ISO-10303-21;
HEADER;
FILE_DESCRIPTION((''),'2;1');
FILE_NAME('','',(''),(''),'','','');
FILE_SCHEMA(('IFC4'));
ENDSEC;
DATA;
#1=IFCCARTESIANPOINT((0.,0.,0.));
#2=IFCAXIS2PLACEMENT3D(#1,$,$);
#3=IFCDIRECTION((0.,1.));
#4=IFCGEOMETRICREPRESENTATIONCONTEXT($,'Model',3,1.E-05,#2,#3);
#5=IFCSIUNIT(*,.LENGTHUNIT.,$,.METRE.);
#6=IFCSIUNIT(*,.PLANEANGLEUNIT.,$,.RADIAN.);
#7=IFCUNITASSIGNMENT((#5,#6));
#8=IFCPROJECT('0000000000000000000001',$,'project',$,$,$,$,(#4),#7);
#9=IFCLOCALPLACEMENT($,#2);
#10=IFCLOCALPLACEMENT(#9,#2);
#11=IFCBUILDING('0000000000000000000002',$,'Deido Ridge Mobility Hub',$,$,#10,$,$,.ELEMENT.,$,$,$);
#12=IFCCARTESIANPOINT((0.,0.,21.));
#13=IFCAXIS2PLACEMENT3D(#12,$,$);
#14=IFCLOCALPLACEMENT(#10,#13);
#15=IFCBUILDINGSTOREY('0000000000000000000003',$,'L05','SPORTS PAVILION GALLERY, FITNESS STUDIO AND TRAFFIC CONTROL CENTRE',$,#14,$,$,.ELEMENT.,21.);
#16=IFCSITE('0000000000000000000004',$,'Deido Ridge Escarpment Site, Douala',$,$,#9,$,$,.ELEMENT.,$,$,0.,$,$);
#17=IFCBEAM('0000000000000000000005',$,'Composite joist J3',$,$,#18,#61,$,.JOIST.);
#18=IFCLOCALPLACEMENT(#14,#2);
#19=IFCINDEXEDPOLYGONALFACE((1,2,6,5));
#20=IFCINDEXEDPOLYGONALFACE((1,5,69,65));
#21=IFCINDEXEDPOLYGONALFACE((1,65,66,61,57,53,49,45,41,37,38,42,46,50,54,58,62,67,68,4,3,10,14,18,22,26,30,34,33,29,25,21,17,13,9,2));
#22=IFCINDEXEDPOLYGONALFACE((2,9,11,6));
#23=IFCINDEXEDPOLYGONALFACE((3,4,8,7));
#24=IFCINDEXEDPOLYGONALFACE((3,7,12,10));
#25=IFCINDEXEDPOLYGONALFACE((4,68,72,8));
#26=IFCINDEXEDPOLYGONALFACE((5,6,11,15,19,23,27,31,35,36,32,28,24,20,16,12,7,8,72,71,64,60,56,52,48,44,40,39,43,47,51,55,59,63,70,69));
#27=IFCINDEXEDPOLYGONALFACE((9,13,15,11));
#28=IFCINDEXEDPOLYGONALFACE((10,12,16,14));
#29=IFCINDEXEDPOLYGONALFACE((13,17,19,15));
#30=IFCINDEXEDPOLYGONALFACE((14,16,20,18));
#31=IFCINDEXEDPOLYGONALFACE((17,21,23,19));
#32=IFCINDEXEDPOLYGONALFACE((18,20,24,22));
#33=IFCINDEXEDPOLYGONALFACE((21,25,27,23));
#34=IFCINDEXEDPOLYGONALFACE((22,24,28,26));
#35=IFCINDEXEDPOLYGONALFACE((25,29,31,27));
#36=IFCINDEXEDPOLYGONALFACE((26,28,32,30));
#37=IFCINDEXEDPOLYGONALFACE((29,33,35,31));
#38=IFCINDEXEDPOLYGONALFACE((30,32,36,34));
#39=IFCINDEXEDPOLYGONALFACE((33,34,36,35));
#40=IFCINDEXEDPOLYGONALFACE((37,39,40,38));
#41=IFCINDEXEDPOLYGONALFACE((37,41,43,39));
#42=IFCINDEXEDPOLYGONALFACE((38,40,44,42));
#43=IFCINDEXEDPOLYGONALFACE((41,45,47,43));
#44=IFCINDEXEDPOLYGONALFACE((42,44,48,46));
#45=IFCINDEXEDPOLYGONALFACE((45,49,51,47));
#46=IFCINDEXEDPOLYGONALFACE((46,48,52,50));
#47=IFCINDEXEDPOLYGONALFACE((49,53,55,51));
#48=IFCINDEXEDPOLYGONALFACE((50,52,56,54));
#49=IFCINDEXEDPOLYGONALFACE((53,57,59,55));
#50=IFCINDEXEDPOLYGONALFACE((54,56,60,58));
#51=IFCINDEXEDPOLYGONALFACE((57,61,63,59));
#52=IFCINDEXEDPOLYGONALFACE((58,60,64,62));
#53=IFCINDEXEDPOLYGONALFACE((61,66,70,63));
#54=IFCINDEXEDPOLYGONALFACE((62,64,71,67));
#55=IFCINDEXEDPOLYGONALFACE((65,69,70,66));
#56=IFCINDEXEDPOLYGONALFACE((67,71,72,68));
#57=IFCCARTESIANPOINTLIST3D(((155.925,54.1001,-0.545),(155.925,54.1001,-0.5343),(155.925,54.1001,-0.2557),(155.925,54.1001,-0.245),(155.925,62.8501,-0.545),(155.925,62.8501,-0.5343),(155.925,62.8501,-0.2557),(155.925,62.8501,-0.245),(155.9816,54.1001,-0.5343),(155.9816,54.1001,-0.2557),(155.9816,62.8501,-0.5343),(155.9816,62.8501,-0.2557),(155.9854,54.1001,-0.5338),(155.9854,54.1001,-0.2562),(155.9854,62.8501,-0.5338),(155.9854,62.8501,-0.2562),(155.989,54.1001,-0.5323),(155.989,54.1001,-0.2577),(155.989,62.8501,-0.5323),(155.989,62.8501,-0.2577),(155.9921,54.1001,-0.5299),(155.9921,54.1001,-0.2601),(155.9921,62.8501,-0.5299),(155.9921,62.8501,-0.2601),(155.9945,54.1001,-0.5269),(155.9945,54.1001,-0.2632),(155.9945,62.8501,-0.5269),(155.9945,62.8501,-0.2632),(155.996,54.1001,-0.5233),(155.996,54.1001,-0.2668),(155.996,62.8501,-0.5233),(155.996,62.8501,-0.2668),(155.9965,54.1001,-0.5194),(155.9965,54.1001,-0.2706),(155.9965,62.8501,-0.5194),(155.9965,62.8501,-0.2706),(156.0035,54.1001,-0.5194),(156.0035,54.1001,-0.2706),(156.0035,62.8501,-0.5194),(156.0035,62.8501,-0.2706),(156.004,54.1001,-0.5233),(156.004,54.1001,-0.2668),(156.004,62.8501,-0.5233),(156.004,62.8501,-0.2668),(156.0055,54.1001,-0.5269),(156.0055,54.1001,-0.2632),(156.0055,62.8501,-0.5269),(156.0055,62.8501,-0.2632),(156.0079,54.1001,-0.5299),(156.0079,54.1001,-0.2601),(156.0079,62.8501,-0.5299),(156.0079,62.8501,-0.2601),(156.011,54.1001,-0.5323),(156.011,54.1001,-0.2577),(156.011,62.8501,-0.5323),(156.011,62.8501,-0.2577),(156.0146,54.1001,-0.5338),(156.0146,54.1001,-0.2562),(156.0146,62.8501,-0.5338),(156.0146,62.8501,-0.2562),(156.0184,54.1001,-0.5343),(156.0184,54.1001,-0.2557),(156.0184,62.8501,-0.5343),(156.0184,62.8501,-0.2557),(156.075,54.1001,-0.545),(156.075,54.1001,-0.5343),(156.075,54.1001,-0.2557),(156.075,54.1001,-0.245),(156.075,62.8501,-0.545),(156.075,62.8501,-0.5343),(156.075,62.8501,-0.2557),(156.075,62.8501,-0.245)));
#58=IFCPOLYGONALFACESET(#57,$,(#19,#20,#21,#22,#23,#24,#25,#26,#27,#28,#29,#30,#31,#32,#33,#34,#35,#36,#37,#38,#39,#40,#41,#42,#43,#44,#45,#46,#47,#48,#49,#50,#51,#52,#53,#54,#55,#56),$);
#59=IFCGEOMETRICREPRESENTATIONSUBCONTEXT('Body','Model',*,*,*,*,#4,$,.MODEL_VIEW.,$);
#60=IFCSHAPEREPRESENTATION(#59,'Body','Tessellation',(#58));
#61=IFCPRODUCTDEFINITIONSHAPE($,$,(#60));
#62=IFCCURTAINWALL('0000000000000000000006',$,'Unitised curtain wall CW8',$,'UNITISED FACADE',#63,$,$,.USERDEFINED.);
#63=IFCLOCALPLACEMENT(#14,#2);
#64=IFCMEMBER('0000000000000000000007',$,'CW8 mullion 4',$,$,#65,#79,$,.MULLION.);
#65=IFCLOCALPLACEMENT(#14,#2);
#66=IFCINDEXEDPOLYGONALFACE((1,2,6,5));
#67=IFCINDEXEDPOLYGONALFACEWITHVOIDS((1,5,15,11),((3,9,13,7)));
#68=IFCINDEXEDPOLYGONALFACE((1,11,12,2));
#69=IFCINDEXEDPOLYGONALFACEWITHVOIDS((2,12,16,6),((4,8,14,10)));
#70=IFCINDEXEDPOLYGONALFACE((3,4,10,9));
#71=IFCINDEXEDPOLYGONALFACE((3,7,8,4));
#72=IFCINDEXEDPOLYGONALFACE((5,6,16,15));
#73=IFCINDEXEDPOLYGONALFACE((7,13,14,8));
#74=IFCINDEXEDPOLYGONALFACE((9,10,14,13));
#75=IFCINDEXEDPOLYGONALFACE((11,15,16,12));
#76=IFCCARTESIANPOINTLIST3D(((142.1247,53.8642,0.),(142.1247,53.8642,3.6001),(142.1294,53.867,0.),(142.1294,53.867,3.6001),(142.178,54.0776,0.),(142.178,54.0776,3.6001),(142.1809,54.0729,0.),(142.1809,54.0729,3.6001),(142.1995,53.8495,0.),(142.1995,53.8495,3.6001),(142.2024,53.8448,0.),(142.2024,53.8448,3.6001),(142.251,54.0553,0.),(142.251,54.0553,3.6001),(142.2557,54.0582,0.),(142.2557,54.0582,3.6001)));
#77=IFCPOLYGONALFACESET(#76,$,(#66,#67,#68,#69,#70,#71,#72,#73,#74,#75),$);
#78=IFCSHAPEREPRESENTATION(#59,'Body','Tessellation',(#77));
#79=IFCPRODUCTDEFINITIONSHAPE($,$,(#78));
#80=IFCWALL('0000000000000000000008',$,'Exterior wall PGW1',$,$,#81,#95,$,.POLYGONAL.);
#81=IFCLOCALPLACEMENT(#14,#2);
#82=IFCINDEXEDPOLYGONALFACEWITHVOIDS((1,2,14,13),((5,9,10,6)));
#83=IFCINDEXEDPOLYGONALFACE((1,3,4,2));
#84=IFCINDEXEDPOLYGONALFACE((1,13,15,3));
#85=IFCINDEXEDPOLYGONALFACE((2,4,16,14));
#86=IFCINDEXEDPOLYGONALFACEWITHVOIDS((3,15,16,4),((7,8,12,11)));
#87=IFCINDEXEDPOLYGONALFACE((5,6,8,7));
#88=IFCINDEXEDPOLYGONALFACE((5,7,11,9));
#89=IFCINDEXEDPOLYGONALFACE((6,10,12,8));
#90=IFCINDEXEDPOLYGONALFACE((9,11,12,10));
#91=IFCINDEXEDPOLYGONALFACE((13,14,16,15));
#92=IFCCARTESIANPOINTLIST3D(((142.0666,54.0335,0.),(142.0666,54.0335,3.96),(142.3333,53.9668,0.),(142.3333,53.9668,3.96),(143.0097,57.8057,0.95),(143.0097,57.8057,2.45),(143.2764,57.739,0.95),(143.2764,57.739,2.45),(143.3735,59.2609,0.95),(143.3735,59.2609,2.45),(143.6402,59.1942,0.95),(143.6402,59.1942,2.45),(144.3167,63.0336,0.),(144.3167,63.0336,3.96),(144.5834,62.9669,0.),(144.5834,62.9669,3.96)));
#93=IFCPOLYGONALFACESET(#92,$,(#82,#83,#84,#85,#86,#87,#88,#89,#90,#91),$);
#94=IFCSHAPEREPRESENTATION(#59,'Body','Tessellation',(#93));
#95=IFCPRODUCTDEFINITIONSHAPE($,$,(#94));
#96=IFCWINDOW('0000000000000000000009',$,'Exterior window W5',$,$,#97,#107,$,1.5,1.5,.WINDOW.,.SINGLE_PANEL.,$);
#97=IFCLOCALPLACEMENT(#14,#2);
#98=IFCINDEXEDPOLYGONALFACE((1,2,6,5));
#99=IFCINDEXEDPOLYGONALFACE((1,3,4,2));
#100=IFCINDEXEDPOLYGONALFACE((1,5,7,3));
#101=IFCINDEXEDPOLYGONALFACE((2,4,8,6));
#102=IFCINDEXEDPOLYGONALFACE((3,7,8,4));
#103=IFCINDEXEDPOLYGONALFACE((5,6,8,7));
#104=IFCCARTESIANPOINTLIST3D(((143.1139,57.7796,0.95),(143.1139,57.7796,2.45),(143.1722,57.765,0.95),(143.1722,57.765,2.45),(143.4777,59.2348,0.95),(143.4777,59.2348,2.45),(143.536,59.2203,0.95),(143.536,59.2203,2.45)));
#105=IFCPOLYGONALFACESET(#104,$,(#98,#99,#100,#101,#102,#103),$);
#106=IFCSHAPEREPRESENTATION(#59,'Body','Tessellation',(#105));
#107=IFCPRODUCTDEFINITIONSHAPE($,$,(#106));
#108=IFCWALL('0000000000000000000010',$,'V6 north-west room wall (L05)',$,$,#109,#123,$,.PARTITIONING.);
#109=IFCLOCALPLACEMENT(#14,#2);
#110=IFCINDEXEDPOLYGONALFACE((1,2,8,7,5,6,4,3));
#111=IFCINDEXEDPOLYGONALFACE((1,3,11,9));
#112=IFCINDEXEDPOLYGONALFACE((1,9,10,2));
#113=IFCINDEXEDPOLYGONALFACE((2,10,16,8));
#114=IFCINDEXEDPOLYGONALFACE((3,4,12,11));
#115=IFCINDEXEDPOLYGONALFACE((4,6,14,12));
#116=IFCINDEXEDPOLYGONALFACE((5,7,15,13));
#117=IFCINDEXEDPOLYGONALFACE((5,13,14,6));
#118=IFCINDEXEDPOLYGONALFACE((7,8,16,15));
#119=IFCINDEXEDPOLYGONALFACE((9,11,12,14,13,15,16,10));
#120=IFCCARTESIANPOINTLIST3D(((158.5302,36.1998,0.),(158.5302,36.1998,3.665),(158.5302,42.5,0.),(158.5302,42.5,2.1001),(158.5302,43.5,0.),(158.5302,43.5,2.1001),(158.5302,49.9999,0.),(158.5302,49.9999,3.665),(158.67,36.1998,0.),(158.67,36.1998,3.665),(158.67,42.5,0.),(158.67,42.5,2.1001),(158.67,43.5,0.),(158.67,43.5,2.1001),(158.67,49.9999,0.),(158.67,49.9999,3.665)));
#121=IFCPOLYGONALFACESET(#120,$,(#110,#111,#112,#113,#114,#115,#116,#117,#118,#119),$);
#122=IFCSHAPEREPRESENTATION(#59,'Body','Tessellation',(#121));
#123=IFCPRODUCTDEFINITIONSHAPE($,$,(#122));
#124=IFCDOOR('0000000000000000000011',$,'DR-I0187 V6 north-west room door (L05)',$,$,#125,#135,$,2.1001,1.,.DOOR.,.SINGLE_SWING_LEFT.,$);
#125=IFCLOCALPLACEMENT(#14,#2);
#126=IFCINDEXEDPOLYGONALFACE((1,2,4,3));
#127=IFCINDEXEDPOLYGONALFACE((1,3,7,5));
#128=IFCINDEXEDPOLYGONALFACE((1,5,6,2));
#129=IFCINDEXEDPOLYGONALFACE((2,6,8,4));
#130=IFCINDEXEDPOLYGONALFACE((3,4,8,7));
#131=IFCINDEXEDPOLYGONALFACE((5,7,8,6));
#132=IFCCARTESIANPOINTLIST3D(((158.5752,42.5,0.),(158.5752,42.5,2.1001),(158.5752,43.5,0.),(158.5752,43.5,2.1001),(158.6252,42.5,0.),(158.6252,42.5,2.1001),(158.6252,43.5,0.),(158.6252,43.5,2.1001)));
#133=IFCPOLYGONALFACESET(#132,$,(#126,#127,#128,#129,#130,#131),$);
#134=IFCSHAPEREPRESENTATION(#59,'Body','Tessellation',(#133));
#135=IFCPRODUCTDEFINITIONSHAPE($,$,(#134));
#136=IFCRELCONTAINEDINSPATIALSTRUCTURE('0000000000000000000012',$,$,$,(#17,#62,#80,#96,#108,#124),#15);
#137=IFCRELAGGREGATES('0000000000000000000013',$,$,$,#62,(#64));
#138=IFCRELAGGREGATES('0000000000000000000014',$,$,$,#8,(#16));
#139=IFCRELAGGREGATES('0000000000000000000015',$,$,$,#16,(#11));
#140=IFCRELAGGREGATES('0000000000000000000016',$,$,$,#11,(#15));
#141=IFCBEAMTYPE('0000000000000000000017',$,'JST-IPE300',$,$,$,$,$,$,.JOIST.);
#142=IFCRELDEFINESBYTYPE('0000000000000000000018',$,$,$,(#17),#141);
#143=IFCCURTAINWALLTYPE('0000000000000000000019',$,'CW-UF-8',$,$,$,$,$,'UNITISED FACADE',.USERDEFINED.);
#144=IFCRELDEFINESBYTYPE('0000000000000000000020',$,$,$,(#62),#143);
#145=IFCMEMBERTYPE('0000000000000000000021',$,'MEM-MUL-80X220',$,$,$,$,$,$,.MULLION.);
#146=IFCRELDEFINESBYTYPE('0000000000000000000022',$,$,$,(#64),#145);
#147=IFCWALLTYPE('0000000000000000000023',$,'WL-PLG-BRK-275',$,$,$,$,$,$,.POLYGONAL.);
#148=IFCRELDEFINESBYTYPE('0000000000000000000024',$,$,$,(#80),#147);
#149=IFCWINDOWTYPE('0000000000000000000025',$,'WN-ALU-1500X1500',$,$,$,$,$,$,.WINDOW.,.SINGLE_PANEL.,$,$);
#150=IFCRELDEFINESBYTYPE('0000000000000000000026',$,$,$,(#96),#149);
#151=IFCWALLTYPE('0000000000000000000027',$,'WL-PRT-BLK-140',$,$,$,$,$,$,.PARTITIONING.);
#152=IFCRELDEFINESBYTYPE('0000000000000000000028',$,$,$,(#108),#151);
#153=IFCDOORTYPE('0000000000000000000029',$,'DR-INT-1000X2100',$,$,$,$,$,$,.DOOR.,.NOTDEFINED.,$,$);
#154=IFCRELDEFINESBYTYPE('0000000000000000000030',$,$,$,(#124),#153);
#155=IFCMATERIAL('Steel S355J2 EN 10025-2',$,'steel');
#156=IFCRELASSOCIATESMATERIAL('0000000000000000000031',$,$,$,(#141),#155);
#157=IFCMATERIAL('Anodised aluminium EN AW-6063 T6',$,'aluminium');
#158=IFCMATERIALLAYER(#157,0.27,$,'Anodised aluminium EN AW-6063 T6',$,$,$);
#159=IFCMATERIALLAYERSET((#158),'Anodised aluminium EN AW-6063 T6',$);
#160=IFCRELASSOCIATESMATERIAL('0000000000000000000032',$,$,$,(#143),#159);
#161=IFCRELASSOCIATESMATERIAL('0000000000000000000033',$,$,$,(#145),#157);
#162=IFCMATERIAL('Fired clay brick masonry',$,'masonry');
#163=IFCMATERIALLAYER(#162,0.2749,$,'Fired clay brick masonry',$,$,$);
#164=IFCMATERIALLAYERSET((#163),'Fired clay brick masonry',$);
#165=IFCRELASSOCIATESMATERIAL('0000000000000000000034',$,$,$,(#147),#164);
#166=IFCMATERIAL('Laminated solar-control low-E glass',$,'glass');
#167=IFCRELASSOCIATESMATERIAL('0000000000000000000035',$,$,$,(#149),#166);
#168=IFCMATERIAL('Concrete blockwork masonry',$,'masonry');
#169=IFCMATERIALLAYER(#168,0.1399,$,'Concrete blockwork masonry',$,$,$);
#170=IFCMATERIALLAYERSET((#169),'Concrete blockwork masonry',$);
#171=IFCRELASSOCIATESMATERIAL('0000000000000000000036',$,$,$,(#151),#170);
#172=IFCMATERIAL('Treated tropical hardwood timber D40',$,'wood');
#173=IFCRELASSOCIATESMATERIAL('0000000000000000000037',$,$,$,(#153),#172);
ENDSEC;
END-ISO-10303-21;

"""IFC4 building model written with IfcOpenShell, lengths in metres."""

from ifc_helpers import new_model, si_unit, direction, frame, frame_2d, origin, origin_2d, place, context, subcontext, project, spatial, rectangle, hollow_rectangle, i_section, extrude, material, layer, layer_set, material_profile, profile_set, type_object, element, fill, aggregate, save


model = new_model("IFC4")

# Units and contexts
model_context = context("Model", 3, precision=1e-05, world=origin(), true_north=direction((0.0, 1.0)))
body_context = subcontext(model_context, "Body", "Model", "MODEL_VIEW")
ifc_project = project(units=[si_unit("LENGTHUNIT", "METRE"), si_unit("PLANEANGLEUNIT", "RADIAN")], contexts=[model_context])

# Site, building, storey
site_placement = place(None, origin())
site = spatial("IfcSite", under=ifc_project, at=site_placement, Name="Deido Ridge Escarpment Site, Douala", CompositionType="ELEMENT", RefElevation=0.0)
building_placement = place(site_placement, origin())
building = spatial("IfcBuilding", under=site, at=building_placement, Name="Deido Ridge Mobility Hub", CompositionType="ELEMENT")
storey_placement = place(building_placement, frame((0.0, 0.0, 21.0)))
storey = spatial("IfcBuildingStorey", under=building, at=storey_placement, Name="L05", Description="SPORTS PAVILION GALLERY, FITNESS STUDIO AND TRAFFIC CONTROL CENTRE", CompositionType="ELEMENT", Elevation=21.0)

# Shared definitions
ifc_material_1 = material(Name="Steel S355J2 EN 10025-2", Category="steel")

# Beam
ifc_material_profile_1 = material_profile(ifc_material_1, i_section(OverallWidth=0.1499, OverallDepth=0.3, WebThickness=0.0071, FlangeThickness=0.0107, FilletRadius=0.0149, at=origin_2d()), Name="IPE 300")
ifc_profile_set_1 = profile_set([ifc_material_profile_1], Name="Steel S355J2 EN 10025-2")
beam_type_1 = type_object("IfcBeamType", Name="JST-IPE300", PredefinedType="JOIST", material=ifc_profile_set_1)
beam_1_placement = place(storey_placement, frame((156.0, 54.1001, -0.395), z_axis=(0.0, 1.0, 0.0), x_axis=(-1.0, 0.0, 0.0)))
element("IfcBeam", 1, at=beam_1_placement, inside=storey, type_object=beam_type_1, Name="Composite joist J3", PredefinedType="JOIST", context=body_context, shape_type="SweptSolid", body=[
    extrude(i_section(OverallWidth=0.1499, OverallDepth=0.3, WebThickness=0.0071, FlangeThickness=0.0107, FilletRadius=0.0149, at=origin_2d()), origin(), (0.0, 0.0, 1.0), 8.75),
])

# Curtain wall, member
ifc_material_2 = material(Name="Anodised aluminium EN AW-6063 T6", Category="aluminium")
ifc_layer_1 = layer(ifc_material_2, 0.27, Name="Anodised aluminium EN AW-6063 T6")
ifc_layer_set_1 = layer_set([ifc_layer_1], Name="Anodised aluminium EN AW-6063 T6")
curtain_wall_type = type_object("IfcCurtainWallType", Name="CW-UF-8", ElementType="UNITISED FACADE", PredefinedType="USERDEFINED", material=ifc_layer_set_1)
curtain_wall_placement = place(storey_placement, origin())
curtain_wall = element("IfcCurtainWall", 2, at=curtain_wall_placement, inside=storey, type_object=curtain_wall_type, Name="Unitised curtain wall CW8", ObjectType="UNITISED FACADE", PredefinedType="USERDEFINED")
ifc_material_profile_2 = material_profile(ifc_material_2, hollow_rectangle(XDim=0.0801, YDim=0.22, WallThickness=0.0039, at=origin_2d()), Name="RHS 80x220x4")
ifc_profile_set_2 = profile_set([ifc_material_profile_2], Name="Anodised aluminium EN AW-6063 T6")
member_type = type_object("IfcMemberType", Name="MEM-MUL-80X220", PredefinedType="MULLION", material=ifc_profile_set_2)
member_placement = place(storey_placement, frame((142.1902, 53.9612, 0.0), z_axis=(0.0, 0.0, 1.0), x_axis=(-0.970143, 0.242536, 0.0)))
member = element("IfcMember", 3, at=member_placement, type_object=member_type, Name="CW8 mullion 4", PredefinedType="MULLION", context=body_context, shape_type="SweptSolid", body=[
    extrude(hollow_rectangle(XDim=0.0801, YDim=0.22, WallThickness=0.0039, at=origin_2d()), origin(), (0.0, 0.0, 1.0), 3.6001),
])
aggregate(curtain_wall, [member])

# Wall, opening, window
ifc_material_3 = material(Name="Fired clay brick masonry", Category="masonry")
ifc_layer_2 = layer(ifc_material_3, 0.2749, Name="Fired clay brick masonry")
ifc_layer_set_2 = layer_set([ifc_layer_2], Name="Fired clay brick masonry")
wall_type_1 = type_object("IfcWallType", Name="WL-PLG-BRK-275", PredefinedType="POLYGONAL", material=ifc_layer_set_2)
wall_1_placement = place(storey_placement, frame((142.2, 54.0, 0.0), z_axis=(0.0, 0.0, 1.0), x_axis=(0.242536, 0.970143, 0.0)))
wall_1 = element("IfcWall", 4, at=wall_1_placement, inside=storey, type_object=wall_type_1, Name="Exterior wall PGW1", PredefinedType="POLYGONAL", context=body_context, shape_type="SweptSolid", body=[
    extrude(rectangle(XDim=9.2771, YDim=0.2749, at=frame_2d((4.6387, 0.0))), origin(), (0.0, 0.0, 1.0), 3.96),
])
opening_1_placement = place(wall_1_placement, frame((3.8884, 0.0, 0.95)))
opening_1 = element("IfcOpeningElement", 5, at=opening_1_placement, cuts=wall_1, PredefinedType="OPENING", context=body_context, shape_type="SweptSolid", body=[
    extrude(rectangle(XDim=1.5, YDim=1.5, at=frame_2d((0.75, 0.75))), frame((0.0, 0.1475, 0.0), z_axis=(0.0, -1.0, 0.0), x_axis=(1.0, 0.0, 0.0)), (0.0, 0.0, 1.0), 0.2949),
])
ifc_material_4 = material(Name="Laminated solar-control low-E glass", Category="glass")
window_type = type_object("IfcWindowType", Name="WN-ALU-1500X1500", PartitioningType="SINGLE_PANEL", PredefinedType="WINDOW", material=ifc_material_4)
window_placement = place(opening_1_placement, origin())
window = element("IfcWindow", 6, at=window_placement, inside=storey, type_object=window_type, Name="Exterior window W5", OverallHeight=1.5, OverallWidth=1.5, PartitioningType="SINGLE_PANEL", PredefinedType="WINDOW", context=body_context, shape_type="SweptSolid", body=[
    extrude(rectangle(XDim=1.5, YDim=1.5, at=frame_2d((0.75, 0.75))), frame((0.0, 0.03, 0.0), z_axis=(0.0, -1.0, 0.0), x_axis=(1.0, 0.0, 0.0)), (0.0, 0.0, 1.0), 0.0601),
])
fill(opening_1, window)

# Wall, opening, door
ifc_material_5 = material(Name="Concrete blockwork masonry", Category="masonry")
ifc_layer_3 = layer(ifc_material_5, 0.1399, Name="Concrete blockwork masonry")
ifc_layer_set_3 = layer_set([ifc_layer_3], Name="Concrete blockwork masonry")
wall_type_2 = type_object("IfcWallType", Name="WL-PRT-BLK-140", PredefinedType="PARTITIONING", material=ifc_layer_set_3)
wall_2_placement = place(storey_placement, frame((158.6001, 36.2, 0.0), z_axis=(0.0, 0.0, 1.0), x_axis=(0.0, 1.0, 0.0)))
wall_2 = element("IfcWall", 7, at=wall_2_placement, inside=storey, type_object=wall_type_2, Name="V6 north-west room wall (L05)", PredefinedType="PARTITIONING", context=body_context, shape_type="SweptSolid", body=[
    extrude(rectangle(XDim=13.8, YDim=0.1399, at=frame_2d((6.8999, 0.0))), origin(), (0.0, 0.0, 1.0), 3.665),
])
opening_2_placement = place(wall_2_placement, frame((6.3, 0.0, 0.0)))
opening_2 = element("IfcOpeningElement", 8, at=opening_2_placement, cuts=wall_2, PredefinedType="OPENING", context=body_context, shape_type="SweptSolid", body=[
    extrude(rectangle(XDim=1.0, YDim=2.1001, at=frame_2d((0.5, 1.05))), frame((0.0, 0.0801, 0.0), z_axis=(0.0, -1.0, 0.0), x_axis=(1.0, 0.0, 0.0)), (0.0, 0.0, 1.0), 0.1599),
])
ifc_material_6 = material(Name="Treated tropical hardwood timber D40", Category="wood")
door_type = type_object("IfcDoorType", Name="DR-INT-1000X2100", OperationType="NOTDEFINED", PredefinedType="DOOR", material=ifc_material_6)
door_placement = place(opening_2_placement, origin())
door = element("IfcDoor", 9, at=door_placement, inside=storey, type_object=door_type, Name="DR-I0187 V6 north-west room door (L05)", OperationType="SINGLE_SWING_LEFT", OverallHeight=2.1001, OverallWidth=1.0, PredefinedType="DOOR", context=body_context, shape_type="SweptSolid", body=[
    extrude(rectangle(XDim=1.0, YDim=2.1001, at=frame_2d((0.5, 1.05))), frame((0.0, 0.0249, 0.0), z_axis=(0.0, -1.0, 0.0), x_axis=(1.0, 0.0, 0.0)), (0.0, 0.0, 1.0), 0.05),
])
fill(opening_2, door)

save(model, "model.ifc")
